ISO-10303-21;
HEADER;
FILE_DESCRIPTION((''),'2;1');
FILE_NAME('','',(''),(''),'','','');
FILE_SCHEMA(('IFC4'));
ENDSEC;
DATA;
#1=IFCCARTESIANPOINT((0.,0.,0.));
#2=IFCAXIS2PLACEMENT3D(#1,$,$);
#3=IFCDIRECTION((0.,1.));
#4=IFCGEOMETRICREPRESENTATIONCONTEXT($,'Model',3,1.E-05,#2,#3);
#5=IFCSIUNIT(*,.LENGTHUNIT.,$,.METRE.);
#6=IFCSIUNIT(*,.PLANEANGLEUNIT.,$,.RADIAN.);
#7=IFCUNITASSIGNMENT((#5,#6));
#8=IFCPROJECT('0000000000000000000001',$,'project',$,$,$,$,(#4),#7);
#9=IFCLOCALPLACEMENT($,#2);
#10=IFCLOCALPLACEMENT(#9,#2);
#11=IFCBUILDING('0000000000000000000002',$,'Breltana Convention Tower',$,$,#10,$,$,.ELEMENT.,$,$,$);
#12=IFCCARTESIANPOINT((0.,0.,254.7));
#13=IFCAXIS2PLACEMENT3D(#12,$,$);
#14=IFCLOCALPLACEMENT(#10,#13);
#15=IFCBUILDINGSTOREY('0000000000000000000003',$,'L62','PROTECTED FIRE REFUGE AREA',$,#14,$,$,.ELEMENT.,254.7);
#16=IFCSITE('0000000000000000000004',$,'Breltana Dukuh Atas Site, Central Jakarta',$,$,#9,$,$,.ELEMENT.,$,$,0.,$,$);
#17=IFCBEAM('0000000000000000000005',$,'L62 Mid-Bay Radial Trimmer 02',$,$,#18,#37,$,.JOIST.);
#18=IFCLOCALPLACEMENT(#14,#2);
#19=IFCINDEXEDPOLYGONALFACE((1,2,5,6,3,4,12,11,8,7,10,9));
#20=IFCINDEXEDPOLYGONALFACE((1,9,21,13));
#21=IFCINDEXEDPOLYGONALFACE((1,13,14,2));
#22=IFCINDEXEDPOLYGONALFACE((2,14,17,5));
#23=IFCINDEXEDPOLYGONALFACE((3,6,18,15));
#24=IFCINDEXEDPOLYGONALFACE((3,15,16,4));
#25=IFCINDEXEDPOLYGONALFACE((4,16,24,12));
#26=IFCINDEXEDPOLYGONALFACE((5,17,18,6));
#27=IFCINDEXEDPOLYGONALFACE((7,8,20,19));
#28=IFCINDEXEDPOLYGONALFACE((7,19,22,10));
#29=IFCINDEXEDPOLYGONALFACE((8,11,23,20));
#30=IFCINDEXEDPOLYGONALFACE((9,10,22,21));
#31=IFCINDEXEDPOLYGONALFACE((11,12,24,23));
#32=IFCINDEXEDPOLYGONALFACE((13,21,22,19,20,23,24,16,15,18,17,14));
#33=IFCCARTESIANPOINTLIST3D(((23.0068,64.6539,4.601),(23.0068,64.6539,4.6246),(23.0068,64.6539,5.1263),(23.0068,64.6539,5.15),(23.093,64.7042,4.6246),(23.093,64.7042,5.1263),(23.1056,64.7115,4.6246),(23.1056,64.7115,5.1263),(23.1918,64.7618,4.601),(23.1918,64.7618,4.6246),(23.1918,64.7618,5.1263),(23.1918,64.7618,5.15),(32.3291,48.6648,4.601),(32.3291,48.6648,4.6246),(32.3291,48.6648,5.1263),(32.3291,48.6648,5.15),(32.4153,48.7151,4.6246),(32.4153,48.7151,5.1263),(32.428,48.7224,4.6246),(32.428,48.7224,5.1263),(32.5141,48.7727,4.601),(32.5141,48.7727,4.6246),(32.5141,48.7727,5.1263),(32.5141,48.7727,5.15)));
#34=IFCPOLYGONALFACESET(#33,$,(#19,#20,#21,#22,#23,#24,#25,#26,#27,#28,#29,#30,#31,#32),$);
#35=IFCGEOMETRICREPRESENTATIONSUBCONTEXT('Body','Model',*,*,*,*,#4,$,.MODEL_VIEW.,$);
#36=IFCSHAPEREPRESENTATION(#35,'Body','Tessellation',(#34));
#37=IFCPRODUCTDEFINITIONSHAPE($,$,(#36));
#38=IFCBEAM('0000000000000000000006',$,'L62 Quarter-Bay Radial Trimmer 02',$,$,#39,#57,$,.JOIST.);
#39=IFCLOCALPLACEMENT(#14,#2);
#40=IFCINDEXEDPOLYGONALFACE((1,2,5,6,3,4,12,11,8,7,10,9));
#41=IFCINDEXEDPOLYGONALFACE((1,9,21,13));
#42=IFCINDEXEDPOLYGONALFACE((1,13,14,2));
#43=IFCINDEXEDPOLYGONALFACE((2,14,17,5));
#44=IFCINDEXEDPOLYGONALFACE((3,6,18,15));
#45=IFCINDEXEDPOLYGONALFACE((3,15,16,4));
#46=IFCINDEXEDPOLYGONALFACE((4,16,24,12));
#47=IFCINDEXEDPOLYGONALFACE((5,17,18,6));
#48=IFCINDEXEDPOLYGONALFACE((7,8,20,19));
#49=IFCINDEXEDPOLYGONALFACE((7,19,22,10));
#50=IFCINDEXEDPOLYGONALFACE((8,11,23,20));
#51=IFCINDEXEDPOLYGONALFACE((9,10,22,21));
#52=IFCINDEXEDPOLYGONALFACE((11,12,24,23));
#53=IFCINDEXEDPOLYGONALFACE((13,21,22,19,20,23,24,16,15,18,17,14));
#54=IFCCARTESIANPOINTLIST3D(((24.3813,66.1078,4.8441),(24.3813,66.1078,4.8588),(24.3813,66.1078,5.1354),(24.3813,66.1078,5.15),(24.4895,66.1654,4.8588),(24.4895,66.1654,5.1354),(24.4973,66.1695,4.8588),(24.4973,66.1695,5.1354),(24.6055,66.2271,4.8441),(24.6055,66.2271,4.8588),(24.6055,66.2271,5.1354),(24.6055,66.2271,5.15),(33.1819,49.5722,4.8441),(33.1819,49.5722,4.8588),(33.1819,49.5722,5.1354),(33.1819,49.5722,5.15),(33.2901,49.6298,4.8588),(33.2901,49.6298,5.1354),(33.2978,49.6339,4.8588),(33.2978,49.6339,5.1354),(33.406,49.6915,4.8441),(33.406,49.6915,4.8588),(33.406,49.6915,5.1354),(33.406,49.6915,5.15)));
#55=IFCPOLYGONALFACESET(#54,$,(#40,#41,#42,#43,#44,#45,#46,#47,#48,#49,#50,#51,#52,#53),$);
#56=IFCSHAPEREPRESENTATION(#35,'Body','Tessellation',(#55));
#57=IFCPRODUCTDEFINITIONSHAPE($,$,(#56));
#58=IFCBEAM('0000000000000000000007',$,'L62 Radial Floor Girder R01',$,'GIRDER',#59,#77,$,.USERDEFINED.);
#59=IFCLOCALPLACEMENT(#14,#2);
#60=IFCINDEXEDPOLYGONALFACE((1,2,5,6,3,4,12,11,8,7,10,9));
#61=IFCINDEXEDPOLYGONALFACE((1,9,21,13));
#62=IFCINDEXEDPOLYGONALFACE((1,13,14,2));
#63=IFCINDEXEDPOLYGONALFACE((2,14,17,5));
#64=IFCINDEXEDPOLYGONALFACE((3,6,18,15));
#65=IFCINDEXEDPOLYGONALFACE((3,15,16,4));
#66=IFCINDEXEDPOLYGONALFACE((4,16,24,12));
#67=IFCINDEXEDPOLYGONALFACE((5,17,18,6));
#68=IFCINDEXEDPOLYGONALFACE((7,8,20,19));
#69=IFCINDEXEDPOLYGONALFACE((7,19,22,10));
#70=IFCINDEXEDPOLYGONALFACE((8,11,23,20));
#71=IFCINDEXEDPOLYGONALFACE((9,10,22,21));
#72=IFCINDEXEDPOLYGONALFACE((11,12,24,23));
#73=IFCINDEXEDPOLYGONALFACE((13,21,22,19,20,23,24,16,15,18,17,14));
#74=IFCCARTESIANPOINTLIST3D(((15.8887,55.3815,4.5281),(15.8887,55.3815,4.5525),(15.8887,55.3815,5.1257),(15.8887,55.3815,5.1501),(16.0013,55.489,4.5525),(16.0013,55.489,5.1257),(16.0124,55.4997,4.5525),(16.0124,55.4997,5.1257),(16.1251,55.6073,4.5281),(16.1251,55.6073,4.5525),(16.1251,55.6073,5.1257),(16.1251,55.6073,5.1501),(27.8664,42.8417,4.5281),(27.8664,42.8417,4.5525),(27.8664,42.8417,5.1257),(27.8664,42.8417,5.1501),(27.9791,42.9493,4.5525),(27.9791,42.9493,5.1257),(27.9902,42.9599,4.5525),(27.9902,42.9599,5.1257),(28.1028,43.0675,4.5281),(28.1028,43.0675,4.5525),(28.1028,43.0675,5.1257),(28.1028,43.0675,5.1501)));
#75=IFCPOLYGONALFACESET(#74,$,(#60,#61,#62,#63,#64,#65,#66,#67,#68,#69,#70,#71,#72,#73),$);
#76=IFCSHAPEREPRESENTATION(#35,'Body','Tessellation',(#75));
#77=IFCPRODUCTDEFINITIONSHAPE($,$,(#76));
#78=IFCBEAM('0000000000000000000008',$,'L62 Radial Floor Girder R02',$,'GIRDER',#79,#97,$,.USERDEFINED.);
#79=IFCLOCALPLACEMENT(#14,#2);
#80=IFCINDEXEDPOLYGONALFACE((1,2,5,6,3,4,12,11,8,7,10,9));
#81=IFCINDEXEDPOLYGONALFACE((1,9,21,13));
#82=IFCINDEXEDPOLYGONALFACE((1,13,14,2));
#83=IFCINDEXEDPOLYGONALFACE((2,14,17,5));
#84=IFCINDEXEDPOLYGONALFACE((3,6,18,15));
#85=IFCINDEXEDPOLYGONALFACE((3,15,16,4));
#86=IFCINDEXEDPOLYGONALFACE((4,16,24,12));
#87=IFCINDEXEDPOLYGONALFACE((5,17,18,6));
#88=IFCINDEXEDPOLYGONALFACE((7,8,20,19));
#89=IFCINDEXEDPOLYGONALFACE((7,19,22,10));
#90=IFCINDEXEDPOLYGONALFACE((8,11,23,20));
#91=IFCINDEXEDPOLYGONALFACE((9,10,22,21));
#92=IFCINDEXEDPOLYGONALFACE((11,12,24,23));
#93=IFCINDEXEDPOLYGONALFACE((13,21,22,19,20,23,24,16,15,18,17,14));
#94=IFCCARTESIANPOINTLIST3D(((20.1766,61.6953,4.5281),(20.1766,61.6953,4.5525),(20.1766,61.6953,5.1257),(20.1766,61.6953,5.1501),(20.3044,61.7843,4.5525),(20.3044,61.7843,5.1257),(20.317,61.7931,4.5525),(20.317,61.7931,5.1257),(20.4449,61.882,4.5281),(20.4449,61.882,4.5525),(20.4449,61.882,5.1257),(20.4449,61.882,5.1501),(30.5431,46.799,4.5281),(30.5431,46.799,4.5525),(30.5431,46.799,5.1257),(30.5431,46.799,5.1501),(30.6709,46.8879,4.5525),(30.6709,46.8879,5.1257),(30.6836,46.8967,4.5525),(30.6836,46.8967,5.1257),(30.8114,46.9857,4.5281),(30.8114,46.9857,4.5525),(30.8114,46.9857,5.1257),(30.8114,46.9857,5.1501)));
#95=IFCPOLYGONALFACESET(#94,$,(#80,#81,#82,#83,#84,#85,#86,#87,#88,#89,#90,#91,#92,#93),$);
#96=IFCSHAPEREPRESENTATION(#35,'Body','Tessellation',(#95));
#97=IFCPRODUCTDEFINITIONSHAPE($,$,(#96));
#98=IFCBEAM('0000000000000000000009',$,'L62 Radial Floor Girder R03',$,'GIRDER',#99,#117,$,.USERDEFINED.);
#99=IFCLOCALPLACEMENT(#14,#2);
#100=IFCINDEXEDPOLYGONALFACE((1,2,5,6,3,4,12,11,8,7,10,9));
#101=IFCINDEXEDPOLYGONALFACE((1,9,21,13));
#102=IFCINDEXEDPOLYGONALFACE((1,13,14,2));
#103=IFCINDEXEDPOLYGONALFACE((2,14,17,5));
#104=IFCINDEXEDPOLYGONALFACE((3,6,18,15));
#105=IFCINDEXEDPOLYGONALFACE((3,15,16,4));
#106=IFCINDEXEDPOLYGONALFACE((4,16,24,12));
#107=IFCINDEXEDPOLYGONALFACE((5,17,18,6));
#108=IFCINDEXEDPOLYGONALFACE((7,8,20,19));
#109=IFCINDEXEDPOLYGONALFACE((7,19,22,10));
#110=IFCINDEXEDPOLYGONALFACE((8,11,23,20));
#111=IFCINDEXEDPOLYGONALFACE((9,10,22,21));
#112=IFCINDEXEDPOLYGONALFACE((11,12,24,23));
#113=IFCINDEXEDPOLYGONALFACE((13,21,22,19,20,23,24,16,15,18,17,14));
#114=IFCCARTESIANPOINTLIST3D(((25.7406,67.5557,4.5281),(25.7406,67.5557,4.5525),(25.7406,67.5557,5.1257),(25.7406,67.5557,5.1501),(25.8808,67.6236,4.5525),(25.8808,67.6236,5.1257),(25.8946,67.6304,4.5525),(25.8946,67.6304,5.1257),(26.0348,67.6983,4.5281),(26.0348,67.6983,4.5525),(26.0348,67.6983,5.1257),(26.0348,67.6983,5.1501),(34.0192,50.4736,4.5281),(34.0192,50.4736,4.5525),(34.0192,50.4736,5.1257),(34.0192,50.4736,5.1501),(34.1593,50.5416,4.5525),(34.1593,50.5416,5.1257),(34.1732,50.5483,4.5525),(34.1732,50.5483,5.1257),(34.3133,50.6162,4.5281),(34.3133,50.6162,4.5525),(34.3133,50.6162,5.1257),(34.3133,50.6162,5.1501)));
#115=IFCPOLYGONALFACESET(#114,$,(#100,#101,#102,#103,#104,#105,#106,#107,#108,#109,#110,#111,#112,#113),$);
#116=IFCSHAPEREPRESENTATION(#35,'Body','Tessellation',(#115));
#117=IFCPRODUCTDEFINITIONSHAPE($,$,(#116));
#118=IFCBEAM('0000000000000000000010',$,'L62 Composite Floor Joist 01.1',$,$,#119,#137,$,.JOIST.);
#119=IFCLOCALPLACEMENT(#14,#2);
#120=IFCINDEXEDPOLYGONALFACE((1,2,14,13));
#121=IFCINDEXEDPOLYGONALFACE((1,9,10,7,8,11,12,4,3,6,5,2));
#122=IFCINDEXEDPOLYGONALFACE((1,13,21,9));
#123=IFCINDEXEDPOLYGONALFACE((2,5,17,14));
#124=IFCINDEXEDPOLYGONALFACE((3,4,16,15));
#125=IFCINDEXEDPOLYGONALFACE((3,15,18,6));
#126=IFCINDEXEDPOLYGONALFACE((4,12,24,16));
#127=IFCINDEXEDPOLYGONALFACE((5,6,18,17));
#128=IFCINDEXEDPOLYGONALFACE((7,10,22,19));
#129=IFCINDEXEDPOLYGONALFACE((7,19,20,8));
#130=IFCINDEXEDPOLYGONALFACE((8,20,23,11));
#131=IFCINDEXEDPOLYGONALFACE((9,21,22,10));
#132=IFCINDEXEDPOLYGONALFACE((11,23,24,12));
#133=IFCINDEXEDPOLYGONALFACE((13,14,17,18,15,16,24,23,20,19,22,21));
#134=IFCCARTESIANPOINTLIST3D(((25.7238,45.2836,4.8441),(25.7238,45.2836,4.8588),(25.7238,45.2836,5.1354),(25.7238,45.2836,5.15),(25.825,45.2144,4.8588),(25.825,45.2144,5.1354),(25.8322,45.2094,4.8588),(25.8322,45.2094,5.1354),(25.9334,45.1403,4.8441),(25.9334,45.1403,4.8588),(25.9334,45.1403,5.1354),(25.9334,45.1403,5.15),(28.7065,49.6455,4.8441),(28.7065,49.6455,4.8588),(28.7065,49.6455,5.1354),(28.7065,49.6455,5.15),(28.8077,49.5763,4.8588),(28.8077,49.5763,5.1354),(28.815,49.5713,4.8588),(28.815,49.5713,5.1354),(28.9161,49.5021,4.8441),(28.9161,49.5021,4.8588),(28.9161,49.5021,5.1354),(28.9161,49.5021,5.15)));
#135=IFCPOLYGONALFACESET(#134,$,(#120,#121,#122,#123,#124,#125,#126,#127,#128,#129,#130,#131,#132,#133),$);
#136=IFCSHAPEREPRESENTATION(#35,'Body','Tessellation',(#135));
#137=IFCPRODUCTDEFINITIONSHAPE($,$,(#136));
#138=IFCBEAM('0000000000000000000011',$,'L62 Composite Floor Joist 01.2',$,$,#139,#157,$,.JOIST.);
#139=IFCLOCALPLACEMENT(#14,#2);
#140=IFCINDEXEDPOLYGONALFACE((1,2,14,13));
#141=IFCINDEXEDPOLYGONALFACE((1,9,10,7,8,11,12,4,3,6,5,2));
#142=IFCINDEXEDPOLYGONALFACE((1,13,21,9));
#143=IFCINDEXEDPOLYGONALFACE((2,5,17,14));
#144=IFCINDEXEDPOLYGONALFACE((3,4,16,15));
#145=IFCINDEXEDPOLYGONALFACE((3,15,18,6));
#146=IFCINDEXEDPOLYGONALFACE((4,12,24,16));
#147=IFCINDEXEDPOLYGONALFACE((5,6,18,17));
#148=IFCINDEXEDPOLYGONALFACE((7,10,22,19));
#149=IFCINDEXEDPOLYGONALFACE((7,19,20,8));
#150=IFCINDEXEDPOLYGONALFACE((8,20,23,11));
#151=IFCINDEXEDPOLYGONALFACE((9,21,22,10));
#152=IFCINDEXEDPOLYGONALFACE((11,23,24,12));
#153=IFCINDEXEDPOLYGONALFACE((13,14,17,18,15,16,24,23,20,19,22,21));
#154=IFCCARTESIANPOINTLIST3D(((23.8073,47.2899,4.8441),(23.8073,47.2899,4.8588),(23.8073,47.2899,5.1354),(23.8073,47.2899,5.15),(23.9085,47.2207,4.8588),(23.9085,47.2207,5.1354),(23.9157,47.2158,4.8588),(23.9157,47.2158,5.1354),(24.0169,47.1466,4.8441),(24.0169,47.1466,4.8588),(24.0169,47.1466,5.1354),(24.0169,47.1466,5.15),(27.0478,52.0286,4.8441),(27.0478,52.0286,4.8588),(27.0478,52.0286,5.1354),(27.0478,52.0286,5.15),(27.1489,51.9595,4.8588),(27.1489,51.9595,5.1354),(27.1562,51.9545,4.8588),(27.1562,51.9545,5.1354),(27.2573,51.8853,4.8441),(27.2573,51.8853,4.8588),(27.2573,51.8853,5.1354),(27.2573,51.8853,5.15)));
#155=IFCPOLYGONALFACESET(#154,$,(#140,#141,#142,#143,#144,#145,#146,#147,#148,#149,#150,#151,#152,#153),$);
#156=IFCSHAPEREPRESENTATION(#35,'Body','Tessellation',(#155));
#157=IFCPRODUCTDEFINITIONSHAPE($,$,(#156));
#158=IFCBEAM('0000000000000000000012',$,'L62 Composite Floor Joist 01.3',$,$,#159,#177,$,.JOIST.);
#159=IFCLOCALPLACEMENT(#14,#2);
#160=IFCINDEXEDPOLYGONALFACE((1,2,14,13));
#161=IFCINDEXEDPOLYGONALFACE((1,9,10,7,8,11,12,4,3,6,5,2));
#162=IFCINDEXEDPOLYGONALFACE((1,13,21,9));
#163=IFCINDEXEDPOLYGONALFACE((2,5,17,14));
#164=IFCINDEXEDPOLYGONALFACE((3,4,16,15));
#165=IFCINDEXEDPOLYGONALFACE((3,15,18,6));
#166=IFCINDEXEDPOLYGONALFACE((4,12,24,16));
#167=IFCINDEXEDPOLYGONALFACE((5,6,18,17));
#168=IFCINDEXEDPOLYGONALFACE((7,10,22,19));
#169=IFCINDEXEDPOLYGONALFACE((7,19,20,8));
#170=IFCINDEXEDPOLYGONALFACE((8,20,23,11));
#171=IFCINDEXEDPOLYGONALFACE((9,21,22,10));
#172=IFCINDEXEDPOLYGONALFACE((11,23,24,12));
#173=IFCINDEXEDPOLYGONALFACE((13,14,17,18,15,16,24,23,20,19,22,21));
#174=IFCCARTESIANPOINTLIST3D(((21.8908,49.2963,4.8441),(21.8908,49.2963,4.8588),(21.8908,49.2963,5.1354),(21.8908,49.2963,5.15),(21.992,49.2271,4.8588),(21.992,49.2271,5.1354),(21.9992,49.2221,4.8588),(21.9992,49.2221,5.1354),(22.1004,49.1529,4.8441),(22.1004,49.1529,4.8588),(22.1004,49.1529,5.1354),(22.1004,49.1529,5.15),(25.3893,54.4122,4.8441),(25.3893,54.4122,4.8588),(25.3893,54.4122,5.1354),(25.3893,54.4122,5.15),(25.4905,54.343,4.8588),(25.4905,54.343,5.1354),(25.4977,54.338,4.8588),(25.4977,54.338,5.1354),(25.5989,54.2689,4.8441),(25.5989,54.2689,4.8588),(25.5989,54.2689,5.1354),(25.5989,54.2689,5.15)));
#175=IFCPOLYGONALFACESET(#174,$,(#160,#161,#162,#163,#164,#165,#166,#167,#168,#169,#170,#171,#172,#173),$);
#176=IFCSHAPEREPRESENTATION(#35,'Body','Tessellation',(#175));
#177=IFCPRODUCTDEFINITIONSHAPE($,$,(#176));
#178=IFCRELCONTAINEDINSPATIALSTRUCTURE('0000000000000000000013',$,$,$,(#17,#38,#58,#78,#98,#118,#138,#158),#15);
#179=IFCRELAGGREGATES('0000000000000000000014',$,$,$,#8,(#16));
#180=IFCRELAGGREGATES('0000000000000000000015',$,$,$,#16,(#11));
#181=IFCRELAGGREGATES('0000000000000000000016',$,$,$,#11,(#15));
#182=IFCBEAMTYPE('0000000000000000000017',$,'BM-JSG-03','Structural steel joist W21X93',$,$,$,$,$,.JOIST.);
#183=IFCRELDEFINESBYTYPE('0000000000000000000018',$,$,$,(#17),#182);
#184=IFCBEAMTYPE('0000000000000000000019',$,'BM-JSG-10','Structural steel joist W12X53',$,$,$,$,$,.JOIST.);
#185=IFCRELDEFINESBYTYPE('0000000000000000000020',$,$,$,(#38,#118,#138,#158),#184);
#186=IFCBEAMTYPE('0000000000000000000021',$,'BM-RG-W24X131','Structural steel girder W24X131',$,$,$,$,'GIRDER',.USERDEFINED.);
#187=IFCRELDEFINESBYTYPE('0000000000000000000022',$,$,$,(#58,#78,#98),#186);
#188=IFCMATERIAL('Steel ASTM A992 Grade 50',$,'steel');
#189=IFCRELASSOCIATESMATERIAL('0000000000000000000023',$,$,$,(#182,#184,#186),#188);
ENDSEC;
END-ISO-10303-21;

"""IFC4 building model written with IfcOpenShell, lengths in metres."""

from ifc_helpers import new_model, si_unit, direction, frame, origin, origin_2d, place, context, subcontext, project, spatial, i_section, extrude, source, transform, mapped, material, material_profile, profile_set, type_object, type_shapes, element, save


model = new_model("IFC4")

# Units and contexts
model_context = context("Model", 3, precision=1e-05, world=origin(), true_north=direction((0.0, 1.0)))
body_context = subcontext(model_context, "Body", "Model", "MODEL_VIEW")
ifc_project = project(units=[si_unit("LENGTHUNIT", "METRE"), si_unit("PLANEANGLEUNIT", "RADIAN")], contexts=[model_context])

# Site, building, storey
site_placement = place(None, origin())
site = spatial("IfcSite", under=ifc_project, at=site_placement, Name="Breltana Dukuh Atas Site, Central Jakarta", CompositionType="ELEMENT", RefElevation=0.0)
building_placement = place(site_placement, origin())
building = spatial("IfcBuilding", under=site, at=building_placement, Name="Breltana Convention Tower", CompositionType="ELEMENT")
storey_placement = place(building_placement, frame((0.0, 0.0, 254.7)))
storey = spatial("IfcBuildingStorey", under=building, at=storey_placement, Name="L62", Description="PROTECTED FIRE REFUGE AREA", CompositionType="ELEMENT", Elevation=254.7)

# Shared definitions
ifc_material_1 = material(Name="Steel ASTM A992 Grade 50", Category="steel")

# Beams
ifc_material_profile_1 = material_profile(ifc_material_1, i_section(OverallWidth=0.2141, OverallDepth=0.5491, WebThickness=0.0146, FlangeThickness=0.0237, at=origin_2d()), Name="W21X93")
ifc_profile_set_1 = profile_set([ifc_material_profile_1], Name="Steel ASTM A992 Grade 50")
beam_type_1 = type_object("IfcBeamType", Name="BM-JSG-03", Description="Structural steel joist W21X93", PredefinedType="JOIST", material=ifc_profile_set_1)
ifc_material_profile_2 = material_profile(ifc_material_1, i_section(OverallWidth=0.2539, OverallDepth=0.3059, WebThickness=0.0088, FlangeThickness=0.0146, at=origin_2d()), Name="W12X53")
ifc_profile_set_2 = profile_set([ifc_material_profile_2], Name="Steel ASTM A992 Grade 50")
beam_type_2 = type_object("IfcBeamType", Name="BM-JSG-10", Description="Structural steel joist W12X53", PredefinedType="JOIST", material=ifc_profile_set_2)
shared_shape_1 = source(origin(), body_context, "Body", "SweptSolid", [
    extrude(i_section(OverallWidth=0.2141, OverallDepth=0.5491, WebThickness=0.0146, FlangeThickness=0.0237, at=origin_2d()), origin(), (0.0, 0.0, 1.0), 18.5083),
])
beam_1_placement = place(storey_placement, frame((32.4216, 48.7188, 4.8755), z_axis=(-0.503683, 0.863888, 0.0), x_axis=(-0.863888, -0.503683, 0.0)))
element("IfcBeam", 1, at=beam_1_placement, inside=storey, type_object=beam_type_1, Name="L62 Mid-Bay Radial Trimmer 02", PredefinedType="JOIST", context=body_context, shape_type="MappedRepresentation", body=[
    mapped(shared_shape_1, transform((0.0, 0.0, 0.0), scale=1.0)),
])
shared_shape_2 = source(origin(), body_context, "Body", "SweptSolid", [
    extrude(i_section(OverallWidth=0.2539, OverallDepth=0.3059, WebThickness=0.0088, FlangeThickness=0.0146, at=origin_2d()), origin(), (0.0, 0.0, 1.0), 18.7317),
])
beam_2_placement = place(storey_placement, frame((33.2939, 49.6318, 4.9971), z_axis=(-0.46982, 0.882762, 0.0), x_axis=(-0.882762, -0.46982, 0.0)))
element("IfcBeam", 2, at=beam_2_placement, inside=storey, type_object=beam_type_2, Name="L62 Quarter-Bay Radial Trimmer 02", PredefinedType="JOIST", context=body_context, shape_type="MappedRepresentation", body=[
    mapped(shared_shape_2, transform((0.0, 0.0, 0.0), scale=1.0)),
])
ifc_material_profile_3 = material_profile(ifc_material_1, i_section(OverallWidth=0.3269, OverallDepth=0.6221, WebThickness=0.0154, FlangeThickness=0.0244, at=origin_2d()), Name="W24X131")
ifc_profile_set_3 = profile_set([ifc_material_profile_3], Name="Steel ASTM A992 Grade 50")
beam_type_3 = type_object("IfcBeamType", Name="BM-RG-W24X131", Description="Structural steel girder W24X131", ElementType="GIRDER", PredefinedType="USERDEFINED", material=ifc_profile_set_3)
shared_shape_3 = source(origin(), body_context, "Body", "SweptSolid", [
    extrude(i_section(OverallWidth=0.3269, OverallDepth=0.6221, WebThickness=0.0154, FlangeThickness=0.0244, at=origin_2d()), origin(), (0.0, 0.0, 1.0), 17.3411),
])
type_shapes(beam_type_3, [shared_shape_3])
beam_3_placement = place(storey_placement, frame((27.9846, 42.9546, 4.8391), z_axis=(-0.690716, 0.723126, 0.0), x_axis=(-0.723126, -0.690716, 0.0)))
element("IfcBeam", 3, at=beam_3_placement, inside=storey, type_object=beam_type_3, Name="L62 Radial Floor Girder R01", ObjectType="GIRDER", PredefinedType="USERDEFINED", context=body_context, shape_type="MappedRepresentation", body=[
    mapped(shared_shape_3, transform((0.0, 0.0, 0.0), scale=1.0)),
])
shared_shape_4 = source(origin(), body_context, "Body", "SweptSolid", [
    extrude(i_section(OverallWidth=0.3269, OverallDepth=0.6221, WebThickness=0.0154, FlangeThickness=0.0244, at=origin_2d()), origin(), (0.0, 0.0, 1.0), 18.1484),
])
beam_4_placement = place(storey_placement, frame((30.6772, 46.8923, 4.8391), z_axis=(-0.571208, 0.820806, 0.0), x_axis=(-0.820806, -0.571208, 0.0)))
element("IfcBeam", 4, at=beam_4_placement, inside=storey, type_object=beam_type_3, Name="L62 Radial Floor Girder R02", ObjectType="GIRDER", PredefinedType="USERDEFINED", context=body_context, shape_type="MappedRepresentation", body=[
    mapped(shared_shape_4, transform((0.0, 0.0, 0.0), scale=1.0)),
])
shared_shape_5 = source(origin(), body_context, "Body", "SweptSolid", [
    extrude(i_section(OverallWidth=0.3269, OverallDepth=0.6221, WebThickness=0.0154, FlangeThickness=0.0244, at=origin_2d()), origin(), (0.0, 0.0, 1.0), 18.9824),
])
beam_5_placement = place(storey_placement, frame((34.1663, 50.5449, 4.8391), z_axis=(-0.436119, 0.899889, 0.0), x_axis=(-0.899889, -0.436119, 0.0)))
element("IfcBeam", 5, at=beam_5_placement, inside=storey, type_object=beam_type_3, Name="L62 Radial Floor Girder R03", ObjectType="GIRDER", PredefinedType="USERDEFINED", context=body_context, shape_type="MappedRepresentation", body=[
    mapped(shared_shape_5, transform((0.0, 0.0, 0.0), scale=1.0)),
])
shared_shape_6 = source(origin(), body_context, "Body", "SweptSolid", [
    extrude(i_section(OverallWidth=0.2539, OverallDepth=0.3059, WebThickness=0.0088, FlangeThickness=0.0146, at=origin_2d()), origin(), (0.0, 0.0, 1.0), 5.2842),
])
beam_6_placement = place(storey_placement, frame((25.8286, 45.2119, 4.9971), z_axis=(0.56446, 0.82546, 0.0), x_axis=(-0.82546, 0.56446, 0.0)))
element("IfcBeam", 6, at=beam_6_placement, inside=storey, type_object=beam_type_2, Name="L62 Composite Floor Joist 01.1", PredefinedType="JOIST", context=body_context, shape_type="MappedRepresentation", body=[
    mapped(shared_shape_6, transform((0.0, 0.0, 0.0), scale=1.0)),
])
shared_shape_7 = source(origin(), body_context, "Body", "SweptSolid", [
    extrude(i_section(OverallWidth=0.2539, OverallDepth=0.3059, WebThickness=0.0088, FlangeThickness=0.0146, at=origin_2d()), origin(), (0.0, 0.0, 1.0), 5.7407),
])
beam_7_placement = place(storey_placement, frame((23.9121, 47.2183, 4.9971), z_axis=(0.564466, 0.825456, 0.0), x_axis=(-0.825456, 0.564466, 0.0)))
element("IfcBeam", 7, at=beam_7_placement, inside=storey, type_object=beam_type_2, Name="L62 Composite Floor Joist 01.2", PredefinedType="JOIST", context=body_context, shape_type="MappedRepresentation", body=[
    mapped(shared_shape_7, transform((0.0, 0.0, 0.0), scale=1.0)),
])
shared_shape_8 = source(origin(), body_context, "Body", "SweptSolid", [
    extrude(i_section(OverallWidth=0.2539, OverallDepth=0.3059, WebThickness=0.0088, FlangeThickness=0.0146, at=origin_2d()), origin(), (0.0, 0.0, 1.0), 6.1978),
])
beam_8_placement = place(storey_placement, frame((21.9956, 49.2246, 4.9971), z_axis=(0.564479, 0.825447, 0.0), x_axis=(-0.825447, 0.564479, 0.0)))
element("IfcBeam", 8, at=beam_8_placement, inside=storey, type_object=beam_type_2, Name="L62 Composite Floor Joist 01.3", PredefinedType="JOIST", context=body_context, shape_type="MappedRepresentation", body=[
    mapped(shared_shape_8, transform((0.0, 0.0, 0.0), scale=1.0)),
])

save(model, "model.ifc")
